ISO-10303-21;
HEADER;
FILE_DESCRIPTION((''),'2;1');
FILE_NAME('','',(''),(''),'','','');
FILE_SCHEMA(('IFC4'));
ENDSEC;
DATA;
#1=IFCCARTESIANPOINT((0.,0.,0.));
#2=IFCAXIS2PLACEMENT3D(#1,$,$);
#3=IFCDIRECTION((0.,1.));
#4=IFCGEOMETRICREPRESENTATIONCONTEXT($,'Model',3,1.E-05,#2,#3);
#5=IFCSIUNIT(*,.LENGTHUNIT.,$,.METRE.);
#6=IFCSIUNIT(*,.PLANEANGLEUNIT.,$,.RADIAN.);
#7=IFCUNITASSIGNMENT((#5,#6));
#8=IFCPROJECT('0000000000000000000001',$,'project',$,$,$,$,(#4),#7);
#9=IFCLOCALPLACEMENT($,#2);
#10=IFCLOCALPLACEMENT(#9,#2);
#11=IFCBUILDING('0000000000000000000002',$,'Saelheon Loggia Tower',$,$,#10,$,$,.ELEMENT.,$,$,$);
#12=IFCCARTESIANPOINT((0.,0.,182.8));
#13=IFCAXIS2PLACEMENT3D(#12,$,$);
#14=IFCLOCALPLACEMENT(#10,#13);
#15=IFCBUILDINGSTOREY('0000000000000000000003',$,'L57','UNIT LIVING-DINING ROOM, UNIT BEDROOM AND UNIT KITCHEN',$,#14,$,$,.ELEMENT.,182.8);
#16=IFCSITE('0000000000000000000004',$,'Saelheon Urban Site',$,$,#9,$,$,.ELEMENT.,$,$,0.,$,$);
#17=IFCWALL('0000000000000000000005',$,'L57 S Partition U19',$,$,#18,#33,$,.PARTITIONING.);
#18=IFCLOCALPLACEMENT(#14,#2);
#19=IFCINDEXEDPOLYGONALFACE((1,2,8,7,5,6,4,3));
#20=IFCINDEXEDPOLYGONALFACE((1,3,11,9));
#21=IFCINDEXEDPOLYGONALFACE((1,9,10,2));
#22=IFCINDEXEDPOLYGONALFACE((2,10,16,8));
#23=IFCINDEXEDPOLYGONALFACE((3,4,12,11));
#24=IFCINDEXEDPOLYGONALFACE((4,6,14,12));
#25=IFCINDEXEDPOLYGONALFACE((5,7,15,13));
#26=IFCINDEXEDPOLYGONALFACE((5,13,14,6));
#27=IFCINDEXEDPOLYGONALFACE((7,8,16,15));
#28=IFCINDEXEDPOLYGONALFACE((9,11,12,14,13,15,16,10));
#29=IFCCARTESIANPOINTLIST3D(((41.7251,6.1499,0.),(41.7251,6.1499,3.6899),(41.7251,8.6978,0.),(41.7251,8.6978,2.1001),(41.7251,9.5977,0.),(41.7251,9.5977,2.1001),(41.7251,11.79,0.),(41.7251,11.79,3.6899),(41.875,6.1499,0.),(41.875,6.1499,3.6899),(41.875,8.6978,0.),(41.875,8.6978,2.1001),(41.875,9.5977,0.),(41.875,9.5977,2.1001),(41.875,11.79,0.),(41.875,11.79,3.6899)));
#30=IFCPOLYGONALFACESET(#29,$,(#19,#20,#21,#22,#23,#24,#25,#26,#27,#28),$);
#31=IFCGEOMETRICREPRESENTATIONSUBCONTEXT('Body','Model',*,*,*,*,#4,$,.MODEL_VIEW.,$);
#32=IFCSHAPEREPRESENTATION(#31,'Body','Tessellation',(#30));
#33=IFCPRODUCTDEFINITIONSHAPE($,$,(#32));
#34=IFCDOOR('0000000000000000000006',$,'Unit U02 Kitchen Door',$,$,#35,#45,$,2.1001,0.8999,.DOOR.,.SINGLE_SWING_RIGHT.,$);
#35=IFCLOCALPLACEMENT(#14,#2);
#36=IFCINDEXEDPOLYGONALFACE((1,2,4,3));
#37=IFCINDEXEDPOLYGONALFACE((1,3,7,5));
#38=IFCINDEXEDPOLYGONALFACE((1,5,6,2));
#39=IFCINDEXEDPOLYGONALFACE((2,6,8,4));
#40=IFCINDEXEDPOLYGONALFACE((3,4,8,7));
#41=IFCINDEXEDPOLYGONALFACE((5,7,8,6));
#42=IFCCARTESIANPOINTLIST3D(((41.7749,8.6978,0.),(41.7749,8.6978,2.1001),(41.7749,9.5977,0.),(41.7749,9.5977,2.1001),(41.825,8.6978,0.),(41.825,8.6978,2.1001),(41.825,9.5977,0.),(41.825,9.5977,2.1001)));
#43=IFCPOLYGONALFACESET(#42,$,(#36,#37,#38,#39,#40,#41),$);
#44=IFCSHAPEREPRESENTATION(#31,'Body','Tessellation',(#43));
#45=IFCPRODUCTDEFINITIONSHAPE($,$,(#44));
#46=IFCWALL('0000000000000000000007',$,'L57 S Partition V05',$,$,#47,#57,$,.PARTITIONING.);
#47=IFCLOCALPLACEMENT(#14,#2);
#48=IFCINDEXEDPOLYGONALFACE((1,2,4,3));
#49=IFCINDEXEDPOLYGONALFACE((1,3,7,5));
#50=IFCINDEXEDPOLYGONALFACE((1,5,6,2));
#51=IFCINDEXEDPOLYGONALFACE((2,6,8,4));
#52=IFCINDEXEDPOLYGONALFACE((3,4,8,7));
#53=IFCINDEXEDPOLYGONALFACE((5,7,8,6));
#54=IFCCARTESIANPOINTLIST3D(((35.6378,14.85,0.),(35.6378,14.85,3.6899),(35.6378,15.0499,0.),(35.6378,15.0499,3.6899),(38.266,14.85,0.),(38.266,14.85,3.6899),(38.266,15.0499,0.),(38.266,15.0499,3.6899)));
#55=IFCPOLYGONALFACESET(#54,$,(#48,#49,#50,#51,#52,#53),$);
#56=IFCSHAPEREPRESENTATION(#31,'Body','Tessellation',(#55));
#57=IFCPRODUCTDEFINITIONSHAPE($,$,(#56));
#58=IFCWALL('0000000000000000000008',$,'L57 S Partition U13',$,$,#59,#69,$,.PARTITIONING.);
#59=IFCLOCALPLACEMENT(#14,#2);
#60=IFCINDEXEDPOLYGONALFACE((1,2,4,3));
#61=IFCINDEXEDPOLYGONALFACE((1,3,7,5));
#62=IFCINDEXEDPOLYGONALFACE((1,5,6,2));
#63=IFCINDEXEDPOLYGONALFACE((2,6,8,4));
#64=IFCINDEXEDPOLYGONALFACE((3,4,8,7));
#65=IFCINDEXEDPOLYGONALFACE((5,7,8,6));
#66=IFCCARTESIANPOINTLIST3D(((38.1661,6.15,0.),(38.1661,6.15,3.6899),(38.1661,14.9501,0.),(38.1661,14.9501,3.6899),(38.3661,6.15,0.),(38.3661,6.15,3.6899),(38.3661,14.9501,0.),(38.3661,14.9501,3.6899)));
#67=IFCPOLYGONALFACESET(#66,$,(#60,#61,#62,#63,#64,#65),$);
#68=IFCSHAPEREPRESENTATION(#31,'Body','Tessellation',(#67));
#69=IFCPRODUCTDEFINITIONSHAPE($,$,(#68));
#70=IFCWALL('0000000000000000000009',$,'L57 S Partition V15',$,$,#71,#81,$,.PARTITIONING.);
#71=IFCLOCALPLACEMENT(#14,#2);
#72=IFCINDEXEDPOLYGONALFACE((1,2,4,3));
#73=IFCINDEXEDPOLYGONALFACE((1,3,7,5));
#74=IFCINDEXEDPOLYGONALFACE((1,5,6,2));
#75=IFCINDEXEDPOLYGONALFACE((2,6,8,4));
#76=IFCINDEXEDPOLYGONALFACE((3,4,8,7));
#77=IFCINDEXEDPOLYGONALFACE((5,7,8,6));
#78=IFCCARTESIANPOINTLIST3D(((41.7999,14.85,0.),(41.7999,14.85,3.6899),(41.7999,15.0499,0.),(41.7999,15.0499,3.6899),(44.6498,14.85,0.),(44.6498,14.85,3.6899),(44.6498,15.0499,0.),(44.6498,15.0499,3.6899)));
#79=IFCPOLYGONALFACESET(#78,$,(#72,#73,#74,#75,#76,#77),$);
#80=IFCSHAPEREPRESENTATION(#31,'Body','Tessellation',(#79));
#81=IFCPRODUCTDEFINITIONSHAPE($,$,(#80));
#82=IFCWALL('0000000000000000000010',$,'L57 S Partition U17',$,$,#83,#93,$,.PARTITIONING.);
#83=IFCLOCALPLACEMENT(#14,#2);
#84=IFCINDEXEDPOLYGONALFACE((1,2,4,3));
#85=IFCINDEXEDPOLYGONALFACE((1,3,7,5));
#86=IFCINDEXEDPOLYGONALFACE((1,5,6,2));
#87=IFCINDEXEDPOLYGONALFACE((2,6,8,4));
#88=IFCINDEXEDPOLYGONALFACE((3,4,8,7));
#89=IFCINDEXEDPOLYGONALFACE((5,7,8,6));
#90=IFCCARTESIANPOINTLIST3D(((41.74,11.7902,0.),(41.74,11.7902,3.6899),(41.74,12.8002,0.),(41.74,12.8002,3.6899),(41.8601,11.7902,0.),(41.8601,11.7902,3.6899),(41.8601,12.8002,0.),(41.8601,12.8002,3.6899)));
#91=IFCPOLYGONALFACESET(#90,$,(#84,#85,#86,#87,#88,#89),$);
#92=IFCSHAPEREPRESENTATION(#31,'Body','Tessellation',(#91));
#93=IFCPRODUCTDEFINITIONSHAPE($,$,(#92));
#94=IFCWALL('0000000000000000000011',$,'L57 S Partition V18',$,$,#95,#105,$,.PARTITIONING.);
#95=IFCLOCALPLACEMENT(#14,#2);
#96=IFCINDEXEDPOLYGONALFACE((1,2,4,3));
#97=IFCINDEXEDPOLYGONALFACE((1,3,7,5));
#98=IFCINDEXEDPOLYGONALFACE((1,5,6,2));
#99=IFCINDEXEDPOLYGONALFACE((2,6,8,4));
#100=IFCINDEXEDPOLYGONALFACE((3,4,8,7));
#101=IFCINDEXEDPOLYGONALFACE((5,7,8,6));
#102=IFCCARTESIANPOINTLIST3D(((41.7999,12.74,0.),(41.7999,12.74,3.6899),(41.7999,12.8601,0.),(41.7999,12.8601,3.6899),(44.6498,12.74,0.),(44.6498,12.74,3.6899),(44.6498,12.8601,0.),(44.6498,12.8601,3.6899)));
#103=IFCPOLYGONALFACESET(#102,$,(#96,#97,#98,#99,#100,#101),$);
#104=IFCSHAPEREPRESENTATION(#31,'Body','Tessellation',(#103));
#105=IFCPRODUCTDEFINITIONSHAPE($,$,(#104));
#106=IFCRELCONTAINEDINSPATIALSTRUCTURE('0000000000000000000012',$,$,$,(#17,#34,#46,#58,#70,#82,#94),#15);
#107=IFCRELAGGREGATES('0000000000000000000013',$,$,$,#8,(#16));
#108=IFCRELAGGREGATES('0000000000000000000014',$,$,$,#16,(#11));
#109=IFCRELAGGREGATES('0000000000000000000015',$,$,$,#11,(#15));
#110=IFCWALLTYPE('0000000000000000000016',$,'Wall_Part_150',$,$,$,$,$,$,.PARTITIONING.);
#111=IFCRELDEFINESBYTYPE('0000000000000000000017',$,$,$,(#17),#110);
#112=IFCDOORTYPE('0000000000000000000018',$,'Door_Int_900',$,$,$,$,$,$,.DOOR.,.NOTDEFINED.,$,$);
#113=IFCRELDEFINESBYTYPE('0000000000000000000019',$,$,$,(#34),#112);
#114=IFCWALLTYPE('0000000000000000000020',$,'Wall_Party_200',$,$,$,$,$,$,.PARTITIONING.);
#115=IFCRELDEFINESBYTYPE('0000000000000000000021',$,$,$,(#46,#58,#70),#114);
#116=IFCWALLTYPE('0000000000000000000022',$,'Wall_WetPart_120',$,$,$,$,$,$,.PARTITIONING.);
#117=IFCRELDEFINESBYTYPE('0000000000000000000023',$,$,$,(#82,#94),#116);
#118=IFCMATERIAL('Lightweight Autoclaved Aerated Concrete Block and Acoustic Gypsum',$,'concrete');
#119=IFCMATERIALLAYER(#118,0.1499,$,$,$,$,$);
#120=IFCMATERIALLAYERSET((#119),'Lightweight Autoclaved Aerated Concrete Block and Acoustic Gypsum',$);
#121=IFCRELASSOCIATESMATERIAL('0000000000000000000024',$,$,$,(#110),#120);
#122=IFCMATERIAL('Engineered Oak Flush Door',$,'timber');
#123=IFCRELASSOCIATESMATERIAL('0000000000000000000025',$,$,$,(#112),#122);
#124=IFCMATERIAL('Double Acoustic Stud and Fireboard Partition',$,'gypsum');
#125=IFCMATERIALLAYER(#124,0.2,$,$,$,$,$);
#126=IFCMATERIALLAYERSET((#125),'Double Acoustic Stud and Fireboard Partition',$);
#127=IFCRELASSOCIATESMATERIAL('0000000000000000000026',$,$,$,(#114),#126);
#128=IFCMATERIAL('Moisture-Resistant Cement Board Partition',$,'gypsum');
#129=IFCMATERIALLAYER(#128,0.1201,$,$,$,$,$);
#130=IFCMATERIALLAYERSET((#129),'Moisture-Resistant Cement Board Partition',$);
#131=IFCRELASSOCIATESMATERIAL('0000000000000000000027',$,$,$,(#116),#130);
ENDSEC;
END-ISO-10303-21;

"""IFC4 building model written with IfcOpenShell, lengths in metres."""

from ifc_helpers import new_model, si_unit, direction, frame, frame_2d, origin, place, context, subcontext, project, spatial, rectangle, extrude, source, transform, mapped, material, layer, layer_set, type_object, element, fill, save


model = new_model("IFC4")

# Units and contexts
model_context = context("Model", 3, precision=1e-05, world=origin(), true_north=direction((0.0, 1.0)))
body_context = subcontext(model_context, "Body", "Model", "MODEL_VIEW")
ifc_project = project(units=[si_unit("LENGTHUNIT", "METRE"), si_unit("PLANEANGLEUNIT", "RADIAN")], contexts=[model_context])

# Site, building, storey
site_placement = place(None, origin())
site = spatial("IfcSite", under=ifc_project, at=site_placement, Name="Saelheon Urban Site", CompositionType="ELEMENT", RefElevation=0.0)
building_placement = place(site_placement, origin())
building = spatial("IfcBuilding", under=site, at=building_placement, Name="Saelheon Loggia Tower", CompositionType="ELEMENT")
storey_placement = place(building_placement, frame((0.0, 0.0, 182.8)))
storey = spatial("IfcBuildingStorey", under=building, at=storey_placement, Name="L57", Description="UNIT LIVING-DINING ROOM, UNIT BEDROOM AND UNIT KITCHEN", CompositionType="ELEMENT", Elevation=182.8)

# Shared definitions
ifc_material_1 = material(Name="Lightweight Autoclaved Aerated Concrete Block and Acoustic Gypsum", Category="concrete")
ifc_layer_1 = layer(ifc_material_1, 0.1499)
ifc_layer_set_1 = layer_set([ifc_layer_1], Name="Lightweight Autoclaved Aerated Concrete Block and Acoustic Gypsum")
wall_type_1 = type_object("IfcWallType", Name="Wall_Part_150", PredefinedType="PARTITIONING", material=ifc_layer_set_1)
ifc_material_2 = material(Name="Engineered Oak Flush Door", Category="timber")
door_type_1 = type_object("IfcDoorType", Name="Door_Int_900", OperationType="NOTDEFINED", PredefinedType="DOOR", material=ifc_material_2)
shared_shape_1 = source(origin(), body_context, "Body", "SweptSolid", [
    extrude(rectangle(XDim=0.8999, YDim=2.1001, at=frame_2d((0.45, 1.05))), frame((0.0, 0.0249, 0.0), z_axis=(0.0, -1.0, 0.0), x_axis=(1.0, 0.0, 0.0)), (0.0, 0.0, 1.0), 0.05),
])

# Wall, opening, door
wall_1_placement = place(storey_placement, frame((41.8, 11.79, 0.0), z_axis=(0.0, 0.0, 1.0), x_axis=(0.0, -1.0, 0.0)))
wall_1 = element("IfcWall", 1, at=wall_1_placement, inside=storey, type_object=wall_type_1, Name="L57 S Partition U19", PredefinedType="PARTITIONING", context=body_context, shape_type="SweptSolid", body=[
    extrude(rectangle(XDim=5.6401, YDim=0.1499, at=frame_2d((2.8201, 0.0))), origin(), (0.0, 0.0, 1.0), 3.6899),
])
opening_1_placement = place(wall_1_placement, frame((2.1924, 0.0, 0.0)))
opening_1 = element("IfcOpeningElement", 2, at=opening_1_placement, cuts=wall_1, PredefinedType="OPENING", context=body_context, shape_type="SweptSolid", body=[
    extrude(rectangle(XDim=0.8999, YDim=2.1001, at=frame_2d((0.45, 1.05))), frame((0.0, 0.0869, 0.0), z_axis=(0.0, -1.0, 0.0), x_axis=(1.0, 0.0, 0.0)), (0.0, 0.0, 1.0), 0.1738),
])
door_1_placement = place(opening_1_placement, origin())
door_1 = element("IfcDoor", 3, at=door_1_placement, inside=storey, type_object=door_type_1, Name="Unit U02 Kitchen Door", OperationType="SINGLE_SWING_RIGHT", OverallHeight=2.1001, OverallWidth=0.8999, PredefinedType="DOOR", context=body_context, shape_type="MappedRepresentation", body=[
    mapped(shared_shape_1, transform((0.0, 0.0, 0.0), scale=1.0)),
])
fill(opening_1, door_1)

# Walls
ifc_material_3 = material(Name="Double Acoustic Stud and Fireboard Partition", Category="gypsum")
ifc_layer_2 = layer(ifc_material_3, 0.2)
ifc_layer_set_2 = layer_set([ifc_layer_2], Name="Double Acoustic Stud and Fireboard Partition")
wall_type_2 = type_object("IfcWallType", Name="Wall_Party_200", PredefinedType="PARTITIONING", material=ifc_layer_set_2)
wall_2_placement = place(storey_placement, frame((35.6379, 14.95, 0.0), z_axis=(0.0, 0.0, 1.0), x_axis=(1.0, 0.0, 0.0)))
element("IfcWall", 4, at=wall_2_placement, inside=storey, type_object=wall_type_2, Name="L57 S Partition V05", PredefinedType="PARTITIONING", context=body_context, shape_type="SweptSolid", body=[
    extrude(rectangle(XDim=2.6282, YDim=0.2, at=frame_2d((1.314, 0.0))), origin(), (0.0, 0.0, 1.0), 3.6899),
])
wall_3_placement = place(storey_placement, frame((38.2661, 14.95, 0.0), z_axis=(0.0, 0.0, 1.0), x_axis=(0.0, -1.0, 0.0)))
element("IfcWall", 5, at=wall_3_placement, inside=storey, type_object=wall_type_2, Name="L57 S Partition U13", PredefinedType="PARTITIONING", context=body_context, shape_type="SweptSolid", body=[
    extrude(rectangle(XDim=8.8, YDim=0.2, at=frame_2d((4.3999, 0.0))), origin(), (0.0, 0.0, 1.0), 3.6899),
])

# Walls
wall_4_placement = place(storey_placement, frame((41.8, 14.95, 0.0), z_axis=(0.0, 0.0, 1.0), x_axis=(1.0, 0.0, 0.0)))
element("IfcWall", 6, at=wall_4_placement, inside=storey, type_object=wall_type_2, Name="L57 S Partition V15", PredefinedType="PARTITIONING", context=body_context, shape_type="SweptSolid", body=[
    extrude(rectangle(XDim=2.8499, YDim=0.2, at=frame_2d((1.4248, 0.0))), origin(), (0.0, 0.0, 1.0), 3.6899),
])
ifc_material_4 = material(Name="Moisture-Resistant Cement Board Partition", Category="gypsum")
ifc_layer_3 = layer(ifc_material_4, 0.1201)
ifc_layer_set_3 = layer_set([ifc_layer_3], Name="Moisture-Resistant Cement Board Partition")
wall_type_3 = type_object("IfcWallType", Name="Wall_WetPart_120", PredefinedType="PARTITIONING", material=ifc_layer_set_3)
wall_5_placement = place(storey_placement, frame((41.8, 12.8, 0.0), z_axis=(0.0, 0.0, 1.0), x_axis=(0.0, -1.0, 0.0)))
element("IfcWall", 7, at=wall_5_placement, inside=storey, type_object=wall_type_3, Name="L57 S Partition U17", PredefinedType="PARTITIONING", context=body_context, shape_type="SweptSolid", body=[
    extrude(rectangle(XDim=1.01, YDim=0.1201, at=frame_2d((0.5049, 0.0))), origin(), (0.0, 0.0, 1.0), 3.6899),
])
wall_6_placement = place(storey_placement, frame((41.8, 12.8, 0.0), z_axis=(0.0, 0.0, 1.0), x_axis=(1.0, 0.0, 0.0)))
element("IfcWall", 8, at=wall_6_placement, inside=storey, type_object=wall_type_3, Name="L57 S Partition V18", PredefinedType="PARTITIONING", context=body_context, shape_type="SweptSolid", body=[
    extrude(rectangle(XDim=2.8499, YDim=0.1201, at=frame_2d((1.4248, 0.0))), origin(), (0.0, 0.0, 1.0), 3.6899),
])

save(model, "model.ifc")
